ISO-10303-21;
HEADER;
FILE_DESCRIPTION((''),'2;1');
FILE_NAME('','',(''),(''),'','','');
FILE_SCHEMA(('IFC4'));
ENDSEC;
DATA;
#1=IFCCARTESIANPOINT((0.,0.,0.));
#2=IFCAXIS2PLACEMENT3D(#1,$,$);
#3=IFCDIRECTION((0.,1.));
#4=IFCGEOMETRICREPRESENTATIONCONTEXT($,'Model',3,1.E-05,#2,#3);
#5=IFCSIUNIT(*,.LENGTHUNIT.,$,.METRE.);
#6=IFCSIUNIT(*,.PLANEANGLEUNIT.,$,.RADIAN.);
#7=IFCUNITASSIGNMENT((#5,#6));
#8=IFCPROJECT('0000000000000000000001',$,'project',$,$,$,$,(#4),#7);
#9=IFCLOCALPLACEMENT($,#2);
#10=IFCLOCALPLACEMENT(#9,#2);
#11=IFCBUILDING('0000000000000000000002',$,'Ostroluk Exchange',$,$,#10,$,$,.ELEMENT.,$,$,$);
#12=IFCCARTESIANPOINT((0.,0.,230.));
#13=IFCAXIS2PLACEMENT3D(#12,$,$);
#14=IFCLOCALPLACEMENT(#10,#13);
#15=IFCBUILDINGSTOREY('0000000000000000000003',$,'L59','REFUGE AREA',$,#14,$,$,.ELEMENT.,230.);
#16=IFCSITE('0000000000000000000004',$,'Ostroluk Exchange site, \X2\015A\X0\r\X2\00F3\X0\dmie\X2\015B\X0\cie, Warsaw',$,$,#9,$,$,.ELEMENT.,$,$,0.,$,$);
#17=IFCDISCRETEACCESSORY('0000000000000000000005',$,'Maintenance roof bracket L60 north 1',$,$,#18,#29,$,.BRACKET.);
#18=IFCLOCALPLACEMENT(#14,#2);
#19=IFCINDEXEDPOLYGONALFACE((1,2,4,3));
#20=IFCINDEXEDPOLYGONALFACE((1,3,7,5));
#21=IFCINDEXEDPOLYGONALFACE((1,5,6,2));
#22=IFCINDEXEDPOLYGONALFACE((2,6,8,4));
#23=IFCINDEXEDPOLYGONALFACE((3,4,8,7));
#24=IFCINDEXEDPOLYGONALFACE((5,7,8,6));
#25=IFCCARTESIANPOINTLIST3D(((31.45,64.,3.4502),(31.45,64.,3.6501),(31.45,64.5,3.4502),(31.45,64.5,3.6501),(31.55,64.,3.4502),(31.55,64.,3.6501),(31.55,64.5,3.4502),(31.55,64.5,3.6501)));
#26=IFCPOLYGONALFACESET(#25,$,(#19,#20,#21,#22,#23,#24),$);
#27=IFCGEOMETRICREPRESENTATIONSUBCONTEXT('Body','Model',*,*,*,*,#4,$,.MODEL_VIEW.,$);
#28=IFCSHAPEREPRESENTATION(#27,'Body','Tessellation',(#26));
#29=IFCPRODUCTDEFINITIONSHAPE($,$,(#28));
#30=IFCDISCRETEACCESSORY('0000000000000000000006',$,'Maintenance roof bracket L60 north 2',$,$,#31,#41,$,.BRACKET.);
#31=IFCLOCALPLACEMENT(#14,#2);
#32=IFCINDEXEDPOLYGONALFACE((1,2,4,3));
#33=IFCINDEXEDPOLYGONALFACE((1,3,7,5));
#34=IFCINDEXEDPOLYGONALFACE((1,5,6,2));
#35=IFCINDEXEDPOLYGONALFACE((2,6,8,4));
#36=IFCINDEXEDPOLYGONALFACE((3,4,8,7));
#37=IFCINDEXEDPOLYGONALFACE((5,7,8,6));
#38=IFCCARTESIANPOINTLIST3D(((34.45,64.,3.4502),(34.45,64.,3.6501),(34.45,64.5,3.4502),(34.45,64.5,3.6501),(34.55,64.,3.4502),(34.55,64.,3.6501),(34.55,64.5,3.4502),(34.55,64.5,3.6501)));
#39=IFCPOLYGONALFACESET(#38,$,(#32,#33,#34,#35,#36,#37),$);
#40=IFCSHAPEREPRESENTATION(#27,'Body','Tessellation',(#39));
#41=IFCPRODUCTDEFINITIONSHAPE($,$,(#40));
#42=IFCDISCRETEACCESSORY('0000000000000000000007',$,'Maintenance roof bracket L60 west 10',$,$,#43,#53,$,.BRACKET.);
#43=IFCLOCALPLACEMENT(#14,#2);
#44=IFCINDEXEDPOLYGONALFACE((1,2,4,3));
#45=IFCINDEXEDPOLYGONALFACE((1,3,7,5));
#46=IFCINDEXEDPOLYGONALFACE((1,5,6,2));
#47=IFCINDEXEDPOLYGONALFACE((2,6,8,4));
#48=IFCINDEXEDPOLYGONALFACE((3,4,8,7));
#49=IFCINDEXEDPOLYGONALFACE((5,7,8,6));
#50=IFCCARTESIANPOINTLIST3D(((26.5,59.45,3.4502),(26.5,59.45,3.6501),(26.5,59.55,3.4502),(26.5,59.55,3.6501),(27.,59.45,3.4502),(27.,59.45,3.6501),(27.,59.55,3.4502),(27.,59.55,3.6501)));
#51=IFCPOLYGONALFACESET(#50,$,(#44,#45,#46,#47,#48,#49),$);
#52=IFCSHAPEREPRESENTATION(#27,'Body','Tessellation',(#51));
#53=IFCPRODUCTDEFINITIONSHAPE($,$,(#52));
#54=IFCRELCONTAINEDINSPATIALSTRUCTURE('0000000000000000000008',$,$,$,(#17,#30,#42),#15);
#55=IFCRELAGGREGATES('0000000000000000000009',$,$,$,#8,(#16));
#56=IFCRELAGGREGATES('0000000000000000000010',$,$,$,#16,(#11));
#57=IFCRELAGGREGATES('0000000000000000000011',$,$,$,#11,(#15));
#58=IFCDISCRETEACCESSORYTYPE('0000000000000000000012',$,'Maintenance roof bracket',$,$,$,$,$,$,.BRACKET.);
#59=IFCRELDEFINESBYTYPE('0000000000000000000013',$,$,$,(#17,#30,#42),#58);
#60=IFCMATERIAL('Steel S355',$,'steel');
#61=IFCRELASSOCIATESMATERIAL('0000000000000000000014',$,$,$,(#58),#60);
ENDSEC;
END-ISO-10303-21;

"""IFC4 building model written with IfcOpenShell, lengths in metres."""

from ifc_helpers import new_model, si_unit, direction, frame, origin, origin_2d, place, context, subcontext, project, spatial, rectangle, extrude, material, type_object, element, save


model = new_model("IFC4")

# Units and contexts
model_context = context("Model", 3, precision=1e-05, world=origin(), true_north=direction((0.0, 1.0)))
body_context = subcontext(model_context, "Body", "Model", "MODEL_VIEW")
ifc_project = project(units=[si_unit("LENGTHUNIT", "METRE"), si_unit("PLANEANGLEUNIT", "RADIAN")], contexts=[model_context])

# Site, building, storey
site_placement = place(None, origin())
site = spatial("IfcSite", under=ifc_project, at=site_placement, Name="Ostroluk Exchange site, Śródmieście, Warsaw", CompositionType="ELEMENT", RefElevation=0.0)
building_placement = place(site_placement, origin())
building = spatial("IfcBuilding", under=site, at=building_placement, Name="Ostroluk Exchange", CompositionType="ELEMENT")
storey_placement = place(building_placement, frame((0.0, 0.0, 230.0)))
storey = spatial("IfcBuildingStorey", under=building, at=storey_placement, Name="L59", Description="REFUGE AREA", CompositionType="ELEMENT", Elevation=230.0)

# Discrete accessories
ifc_material_1 = material(Name="Steel S355", Category="steel")
discrete_accessory_type = type_object("IfcDiscreteAccessoryType", Name="Maintenance roof bracket", PredefinedType="BRACKET", material=ifc_material_1)
for number, where, z_axis, x_axis, name in (
    (1, (31.5, 64.25, 3.4502), (0.0, 0.0, 1.0), (1.0, 0.0, 0.0), "Maintenance roof bracket L60 north 1"),
    (2, (34.5, 64.25, 3.4502), (0.0, 0.0, 1.0), (1.0, 0.0, 0.0), "Maintenance roof bracket L60 north 2"),
):
    element("IfcDiscreteAccessory", number, at=place(storey_placement, frame(where, z_axis=z_axis, x_axis=x_axis)), inside=storey, type_object=discrete_accessory_type, Name=name, PredefinedType="BRACKET", context=body_context, shape_type="SweptSolid", body=[
        extrude(rectangle(XDim=0.1001, YDim=0.5, at=origin_2d()), origin(), (0.0, 0.0, 1.0), 0.2),
    ])
discrete_accessory_placement = place(storey_placement, frame((26.75, 59.5, 3.4502), z_axis=(0.0, 0.0, 1.0), x_axis=(1.0, 0.0, 0.0)))
element("IfcDiscreteAccessory", 3, at=discrete_accessory_placement, inside=storey, type_object=discrete_accessory_type, Name="Maintenance roof bracket L60 west 10", PredefinedType="BRACKET", context=body_context, shape_type="SweptSolid", body=[
    extrude(rectangle(XDim=0.5, YDim=0.1001, at=origin_2d()), origin(), (0.0, 0.0, 1.0), 0.2),
])

save(model, "model.ifc")
